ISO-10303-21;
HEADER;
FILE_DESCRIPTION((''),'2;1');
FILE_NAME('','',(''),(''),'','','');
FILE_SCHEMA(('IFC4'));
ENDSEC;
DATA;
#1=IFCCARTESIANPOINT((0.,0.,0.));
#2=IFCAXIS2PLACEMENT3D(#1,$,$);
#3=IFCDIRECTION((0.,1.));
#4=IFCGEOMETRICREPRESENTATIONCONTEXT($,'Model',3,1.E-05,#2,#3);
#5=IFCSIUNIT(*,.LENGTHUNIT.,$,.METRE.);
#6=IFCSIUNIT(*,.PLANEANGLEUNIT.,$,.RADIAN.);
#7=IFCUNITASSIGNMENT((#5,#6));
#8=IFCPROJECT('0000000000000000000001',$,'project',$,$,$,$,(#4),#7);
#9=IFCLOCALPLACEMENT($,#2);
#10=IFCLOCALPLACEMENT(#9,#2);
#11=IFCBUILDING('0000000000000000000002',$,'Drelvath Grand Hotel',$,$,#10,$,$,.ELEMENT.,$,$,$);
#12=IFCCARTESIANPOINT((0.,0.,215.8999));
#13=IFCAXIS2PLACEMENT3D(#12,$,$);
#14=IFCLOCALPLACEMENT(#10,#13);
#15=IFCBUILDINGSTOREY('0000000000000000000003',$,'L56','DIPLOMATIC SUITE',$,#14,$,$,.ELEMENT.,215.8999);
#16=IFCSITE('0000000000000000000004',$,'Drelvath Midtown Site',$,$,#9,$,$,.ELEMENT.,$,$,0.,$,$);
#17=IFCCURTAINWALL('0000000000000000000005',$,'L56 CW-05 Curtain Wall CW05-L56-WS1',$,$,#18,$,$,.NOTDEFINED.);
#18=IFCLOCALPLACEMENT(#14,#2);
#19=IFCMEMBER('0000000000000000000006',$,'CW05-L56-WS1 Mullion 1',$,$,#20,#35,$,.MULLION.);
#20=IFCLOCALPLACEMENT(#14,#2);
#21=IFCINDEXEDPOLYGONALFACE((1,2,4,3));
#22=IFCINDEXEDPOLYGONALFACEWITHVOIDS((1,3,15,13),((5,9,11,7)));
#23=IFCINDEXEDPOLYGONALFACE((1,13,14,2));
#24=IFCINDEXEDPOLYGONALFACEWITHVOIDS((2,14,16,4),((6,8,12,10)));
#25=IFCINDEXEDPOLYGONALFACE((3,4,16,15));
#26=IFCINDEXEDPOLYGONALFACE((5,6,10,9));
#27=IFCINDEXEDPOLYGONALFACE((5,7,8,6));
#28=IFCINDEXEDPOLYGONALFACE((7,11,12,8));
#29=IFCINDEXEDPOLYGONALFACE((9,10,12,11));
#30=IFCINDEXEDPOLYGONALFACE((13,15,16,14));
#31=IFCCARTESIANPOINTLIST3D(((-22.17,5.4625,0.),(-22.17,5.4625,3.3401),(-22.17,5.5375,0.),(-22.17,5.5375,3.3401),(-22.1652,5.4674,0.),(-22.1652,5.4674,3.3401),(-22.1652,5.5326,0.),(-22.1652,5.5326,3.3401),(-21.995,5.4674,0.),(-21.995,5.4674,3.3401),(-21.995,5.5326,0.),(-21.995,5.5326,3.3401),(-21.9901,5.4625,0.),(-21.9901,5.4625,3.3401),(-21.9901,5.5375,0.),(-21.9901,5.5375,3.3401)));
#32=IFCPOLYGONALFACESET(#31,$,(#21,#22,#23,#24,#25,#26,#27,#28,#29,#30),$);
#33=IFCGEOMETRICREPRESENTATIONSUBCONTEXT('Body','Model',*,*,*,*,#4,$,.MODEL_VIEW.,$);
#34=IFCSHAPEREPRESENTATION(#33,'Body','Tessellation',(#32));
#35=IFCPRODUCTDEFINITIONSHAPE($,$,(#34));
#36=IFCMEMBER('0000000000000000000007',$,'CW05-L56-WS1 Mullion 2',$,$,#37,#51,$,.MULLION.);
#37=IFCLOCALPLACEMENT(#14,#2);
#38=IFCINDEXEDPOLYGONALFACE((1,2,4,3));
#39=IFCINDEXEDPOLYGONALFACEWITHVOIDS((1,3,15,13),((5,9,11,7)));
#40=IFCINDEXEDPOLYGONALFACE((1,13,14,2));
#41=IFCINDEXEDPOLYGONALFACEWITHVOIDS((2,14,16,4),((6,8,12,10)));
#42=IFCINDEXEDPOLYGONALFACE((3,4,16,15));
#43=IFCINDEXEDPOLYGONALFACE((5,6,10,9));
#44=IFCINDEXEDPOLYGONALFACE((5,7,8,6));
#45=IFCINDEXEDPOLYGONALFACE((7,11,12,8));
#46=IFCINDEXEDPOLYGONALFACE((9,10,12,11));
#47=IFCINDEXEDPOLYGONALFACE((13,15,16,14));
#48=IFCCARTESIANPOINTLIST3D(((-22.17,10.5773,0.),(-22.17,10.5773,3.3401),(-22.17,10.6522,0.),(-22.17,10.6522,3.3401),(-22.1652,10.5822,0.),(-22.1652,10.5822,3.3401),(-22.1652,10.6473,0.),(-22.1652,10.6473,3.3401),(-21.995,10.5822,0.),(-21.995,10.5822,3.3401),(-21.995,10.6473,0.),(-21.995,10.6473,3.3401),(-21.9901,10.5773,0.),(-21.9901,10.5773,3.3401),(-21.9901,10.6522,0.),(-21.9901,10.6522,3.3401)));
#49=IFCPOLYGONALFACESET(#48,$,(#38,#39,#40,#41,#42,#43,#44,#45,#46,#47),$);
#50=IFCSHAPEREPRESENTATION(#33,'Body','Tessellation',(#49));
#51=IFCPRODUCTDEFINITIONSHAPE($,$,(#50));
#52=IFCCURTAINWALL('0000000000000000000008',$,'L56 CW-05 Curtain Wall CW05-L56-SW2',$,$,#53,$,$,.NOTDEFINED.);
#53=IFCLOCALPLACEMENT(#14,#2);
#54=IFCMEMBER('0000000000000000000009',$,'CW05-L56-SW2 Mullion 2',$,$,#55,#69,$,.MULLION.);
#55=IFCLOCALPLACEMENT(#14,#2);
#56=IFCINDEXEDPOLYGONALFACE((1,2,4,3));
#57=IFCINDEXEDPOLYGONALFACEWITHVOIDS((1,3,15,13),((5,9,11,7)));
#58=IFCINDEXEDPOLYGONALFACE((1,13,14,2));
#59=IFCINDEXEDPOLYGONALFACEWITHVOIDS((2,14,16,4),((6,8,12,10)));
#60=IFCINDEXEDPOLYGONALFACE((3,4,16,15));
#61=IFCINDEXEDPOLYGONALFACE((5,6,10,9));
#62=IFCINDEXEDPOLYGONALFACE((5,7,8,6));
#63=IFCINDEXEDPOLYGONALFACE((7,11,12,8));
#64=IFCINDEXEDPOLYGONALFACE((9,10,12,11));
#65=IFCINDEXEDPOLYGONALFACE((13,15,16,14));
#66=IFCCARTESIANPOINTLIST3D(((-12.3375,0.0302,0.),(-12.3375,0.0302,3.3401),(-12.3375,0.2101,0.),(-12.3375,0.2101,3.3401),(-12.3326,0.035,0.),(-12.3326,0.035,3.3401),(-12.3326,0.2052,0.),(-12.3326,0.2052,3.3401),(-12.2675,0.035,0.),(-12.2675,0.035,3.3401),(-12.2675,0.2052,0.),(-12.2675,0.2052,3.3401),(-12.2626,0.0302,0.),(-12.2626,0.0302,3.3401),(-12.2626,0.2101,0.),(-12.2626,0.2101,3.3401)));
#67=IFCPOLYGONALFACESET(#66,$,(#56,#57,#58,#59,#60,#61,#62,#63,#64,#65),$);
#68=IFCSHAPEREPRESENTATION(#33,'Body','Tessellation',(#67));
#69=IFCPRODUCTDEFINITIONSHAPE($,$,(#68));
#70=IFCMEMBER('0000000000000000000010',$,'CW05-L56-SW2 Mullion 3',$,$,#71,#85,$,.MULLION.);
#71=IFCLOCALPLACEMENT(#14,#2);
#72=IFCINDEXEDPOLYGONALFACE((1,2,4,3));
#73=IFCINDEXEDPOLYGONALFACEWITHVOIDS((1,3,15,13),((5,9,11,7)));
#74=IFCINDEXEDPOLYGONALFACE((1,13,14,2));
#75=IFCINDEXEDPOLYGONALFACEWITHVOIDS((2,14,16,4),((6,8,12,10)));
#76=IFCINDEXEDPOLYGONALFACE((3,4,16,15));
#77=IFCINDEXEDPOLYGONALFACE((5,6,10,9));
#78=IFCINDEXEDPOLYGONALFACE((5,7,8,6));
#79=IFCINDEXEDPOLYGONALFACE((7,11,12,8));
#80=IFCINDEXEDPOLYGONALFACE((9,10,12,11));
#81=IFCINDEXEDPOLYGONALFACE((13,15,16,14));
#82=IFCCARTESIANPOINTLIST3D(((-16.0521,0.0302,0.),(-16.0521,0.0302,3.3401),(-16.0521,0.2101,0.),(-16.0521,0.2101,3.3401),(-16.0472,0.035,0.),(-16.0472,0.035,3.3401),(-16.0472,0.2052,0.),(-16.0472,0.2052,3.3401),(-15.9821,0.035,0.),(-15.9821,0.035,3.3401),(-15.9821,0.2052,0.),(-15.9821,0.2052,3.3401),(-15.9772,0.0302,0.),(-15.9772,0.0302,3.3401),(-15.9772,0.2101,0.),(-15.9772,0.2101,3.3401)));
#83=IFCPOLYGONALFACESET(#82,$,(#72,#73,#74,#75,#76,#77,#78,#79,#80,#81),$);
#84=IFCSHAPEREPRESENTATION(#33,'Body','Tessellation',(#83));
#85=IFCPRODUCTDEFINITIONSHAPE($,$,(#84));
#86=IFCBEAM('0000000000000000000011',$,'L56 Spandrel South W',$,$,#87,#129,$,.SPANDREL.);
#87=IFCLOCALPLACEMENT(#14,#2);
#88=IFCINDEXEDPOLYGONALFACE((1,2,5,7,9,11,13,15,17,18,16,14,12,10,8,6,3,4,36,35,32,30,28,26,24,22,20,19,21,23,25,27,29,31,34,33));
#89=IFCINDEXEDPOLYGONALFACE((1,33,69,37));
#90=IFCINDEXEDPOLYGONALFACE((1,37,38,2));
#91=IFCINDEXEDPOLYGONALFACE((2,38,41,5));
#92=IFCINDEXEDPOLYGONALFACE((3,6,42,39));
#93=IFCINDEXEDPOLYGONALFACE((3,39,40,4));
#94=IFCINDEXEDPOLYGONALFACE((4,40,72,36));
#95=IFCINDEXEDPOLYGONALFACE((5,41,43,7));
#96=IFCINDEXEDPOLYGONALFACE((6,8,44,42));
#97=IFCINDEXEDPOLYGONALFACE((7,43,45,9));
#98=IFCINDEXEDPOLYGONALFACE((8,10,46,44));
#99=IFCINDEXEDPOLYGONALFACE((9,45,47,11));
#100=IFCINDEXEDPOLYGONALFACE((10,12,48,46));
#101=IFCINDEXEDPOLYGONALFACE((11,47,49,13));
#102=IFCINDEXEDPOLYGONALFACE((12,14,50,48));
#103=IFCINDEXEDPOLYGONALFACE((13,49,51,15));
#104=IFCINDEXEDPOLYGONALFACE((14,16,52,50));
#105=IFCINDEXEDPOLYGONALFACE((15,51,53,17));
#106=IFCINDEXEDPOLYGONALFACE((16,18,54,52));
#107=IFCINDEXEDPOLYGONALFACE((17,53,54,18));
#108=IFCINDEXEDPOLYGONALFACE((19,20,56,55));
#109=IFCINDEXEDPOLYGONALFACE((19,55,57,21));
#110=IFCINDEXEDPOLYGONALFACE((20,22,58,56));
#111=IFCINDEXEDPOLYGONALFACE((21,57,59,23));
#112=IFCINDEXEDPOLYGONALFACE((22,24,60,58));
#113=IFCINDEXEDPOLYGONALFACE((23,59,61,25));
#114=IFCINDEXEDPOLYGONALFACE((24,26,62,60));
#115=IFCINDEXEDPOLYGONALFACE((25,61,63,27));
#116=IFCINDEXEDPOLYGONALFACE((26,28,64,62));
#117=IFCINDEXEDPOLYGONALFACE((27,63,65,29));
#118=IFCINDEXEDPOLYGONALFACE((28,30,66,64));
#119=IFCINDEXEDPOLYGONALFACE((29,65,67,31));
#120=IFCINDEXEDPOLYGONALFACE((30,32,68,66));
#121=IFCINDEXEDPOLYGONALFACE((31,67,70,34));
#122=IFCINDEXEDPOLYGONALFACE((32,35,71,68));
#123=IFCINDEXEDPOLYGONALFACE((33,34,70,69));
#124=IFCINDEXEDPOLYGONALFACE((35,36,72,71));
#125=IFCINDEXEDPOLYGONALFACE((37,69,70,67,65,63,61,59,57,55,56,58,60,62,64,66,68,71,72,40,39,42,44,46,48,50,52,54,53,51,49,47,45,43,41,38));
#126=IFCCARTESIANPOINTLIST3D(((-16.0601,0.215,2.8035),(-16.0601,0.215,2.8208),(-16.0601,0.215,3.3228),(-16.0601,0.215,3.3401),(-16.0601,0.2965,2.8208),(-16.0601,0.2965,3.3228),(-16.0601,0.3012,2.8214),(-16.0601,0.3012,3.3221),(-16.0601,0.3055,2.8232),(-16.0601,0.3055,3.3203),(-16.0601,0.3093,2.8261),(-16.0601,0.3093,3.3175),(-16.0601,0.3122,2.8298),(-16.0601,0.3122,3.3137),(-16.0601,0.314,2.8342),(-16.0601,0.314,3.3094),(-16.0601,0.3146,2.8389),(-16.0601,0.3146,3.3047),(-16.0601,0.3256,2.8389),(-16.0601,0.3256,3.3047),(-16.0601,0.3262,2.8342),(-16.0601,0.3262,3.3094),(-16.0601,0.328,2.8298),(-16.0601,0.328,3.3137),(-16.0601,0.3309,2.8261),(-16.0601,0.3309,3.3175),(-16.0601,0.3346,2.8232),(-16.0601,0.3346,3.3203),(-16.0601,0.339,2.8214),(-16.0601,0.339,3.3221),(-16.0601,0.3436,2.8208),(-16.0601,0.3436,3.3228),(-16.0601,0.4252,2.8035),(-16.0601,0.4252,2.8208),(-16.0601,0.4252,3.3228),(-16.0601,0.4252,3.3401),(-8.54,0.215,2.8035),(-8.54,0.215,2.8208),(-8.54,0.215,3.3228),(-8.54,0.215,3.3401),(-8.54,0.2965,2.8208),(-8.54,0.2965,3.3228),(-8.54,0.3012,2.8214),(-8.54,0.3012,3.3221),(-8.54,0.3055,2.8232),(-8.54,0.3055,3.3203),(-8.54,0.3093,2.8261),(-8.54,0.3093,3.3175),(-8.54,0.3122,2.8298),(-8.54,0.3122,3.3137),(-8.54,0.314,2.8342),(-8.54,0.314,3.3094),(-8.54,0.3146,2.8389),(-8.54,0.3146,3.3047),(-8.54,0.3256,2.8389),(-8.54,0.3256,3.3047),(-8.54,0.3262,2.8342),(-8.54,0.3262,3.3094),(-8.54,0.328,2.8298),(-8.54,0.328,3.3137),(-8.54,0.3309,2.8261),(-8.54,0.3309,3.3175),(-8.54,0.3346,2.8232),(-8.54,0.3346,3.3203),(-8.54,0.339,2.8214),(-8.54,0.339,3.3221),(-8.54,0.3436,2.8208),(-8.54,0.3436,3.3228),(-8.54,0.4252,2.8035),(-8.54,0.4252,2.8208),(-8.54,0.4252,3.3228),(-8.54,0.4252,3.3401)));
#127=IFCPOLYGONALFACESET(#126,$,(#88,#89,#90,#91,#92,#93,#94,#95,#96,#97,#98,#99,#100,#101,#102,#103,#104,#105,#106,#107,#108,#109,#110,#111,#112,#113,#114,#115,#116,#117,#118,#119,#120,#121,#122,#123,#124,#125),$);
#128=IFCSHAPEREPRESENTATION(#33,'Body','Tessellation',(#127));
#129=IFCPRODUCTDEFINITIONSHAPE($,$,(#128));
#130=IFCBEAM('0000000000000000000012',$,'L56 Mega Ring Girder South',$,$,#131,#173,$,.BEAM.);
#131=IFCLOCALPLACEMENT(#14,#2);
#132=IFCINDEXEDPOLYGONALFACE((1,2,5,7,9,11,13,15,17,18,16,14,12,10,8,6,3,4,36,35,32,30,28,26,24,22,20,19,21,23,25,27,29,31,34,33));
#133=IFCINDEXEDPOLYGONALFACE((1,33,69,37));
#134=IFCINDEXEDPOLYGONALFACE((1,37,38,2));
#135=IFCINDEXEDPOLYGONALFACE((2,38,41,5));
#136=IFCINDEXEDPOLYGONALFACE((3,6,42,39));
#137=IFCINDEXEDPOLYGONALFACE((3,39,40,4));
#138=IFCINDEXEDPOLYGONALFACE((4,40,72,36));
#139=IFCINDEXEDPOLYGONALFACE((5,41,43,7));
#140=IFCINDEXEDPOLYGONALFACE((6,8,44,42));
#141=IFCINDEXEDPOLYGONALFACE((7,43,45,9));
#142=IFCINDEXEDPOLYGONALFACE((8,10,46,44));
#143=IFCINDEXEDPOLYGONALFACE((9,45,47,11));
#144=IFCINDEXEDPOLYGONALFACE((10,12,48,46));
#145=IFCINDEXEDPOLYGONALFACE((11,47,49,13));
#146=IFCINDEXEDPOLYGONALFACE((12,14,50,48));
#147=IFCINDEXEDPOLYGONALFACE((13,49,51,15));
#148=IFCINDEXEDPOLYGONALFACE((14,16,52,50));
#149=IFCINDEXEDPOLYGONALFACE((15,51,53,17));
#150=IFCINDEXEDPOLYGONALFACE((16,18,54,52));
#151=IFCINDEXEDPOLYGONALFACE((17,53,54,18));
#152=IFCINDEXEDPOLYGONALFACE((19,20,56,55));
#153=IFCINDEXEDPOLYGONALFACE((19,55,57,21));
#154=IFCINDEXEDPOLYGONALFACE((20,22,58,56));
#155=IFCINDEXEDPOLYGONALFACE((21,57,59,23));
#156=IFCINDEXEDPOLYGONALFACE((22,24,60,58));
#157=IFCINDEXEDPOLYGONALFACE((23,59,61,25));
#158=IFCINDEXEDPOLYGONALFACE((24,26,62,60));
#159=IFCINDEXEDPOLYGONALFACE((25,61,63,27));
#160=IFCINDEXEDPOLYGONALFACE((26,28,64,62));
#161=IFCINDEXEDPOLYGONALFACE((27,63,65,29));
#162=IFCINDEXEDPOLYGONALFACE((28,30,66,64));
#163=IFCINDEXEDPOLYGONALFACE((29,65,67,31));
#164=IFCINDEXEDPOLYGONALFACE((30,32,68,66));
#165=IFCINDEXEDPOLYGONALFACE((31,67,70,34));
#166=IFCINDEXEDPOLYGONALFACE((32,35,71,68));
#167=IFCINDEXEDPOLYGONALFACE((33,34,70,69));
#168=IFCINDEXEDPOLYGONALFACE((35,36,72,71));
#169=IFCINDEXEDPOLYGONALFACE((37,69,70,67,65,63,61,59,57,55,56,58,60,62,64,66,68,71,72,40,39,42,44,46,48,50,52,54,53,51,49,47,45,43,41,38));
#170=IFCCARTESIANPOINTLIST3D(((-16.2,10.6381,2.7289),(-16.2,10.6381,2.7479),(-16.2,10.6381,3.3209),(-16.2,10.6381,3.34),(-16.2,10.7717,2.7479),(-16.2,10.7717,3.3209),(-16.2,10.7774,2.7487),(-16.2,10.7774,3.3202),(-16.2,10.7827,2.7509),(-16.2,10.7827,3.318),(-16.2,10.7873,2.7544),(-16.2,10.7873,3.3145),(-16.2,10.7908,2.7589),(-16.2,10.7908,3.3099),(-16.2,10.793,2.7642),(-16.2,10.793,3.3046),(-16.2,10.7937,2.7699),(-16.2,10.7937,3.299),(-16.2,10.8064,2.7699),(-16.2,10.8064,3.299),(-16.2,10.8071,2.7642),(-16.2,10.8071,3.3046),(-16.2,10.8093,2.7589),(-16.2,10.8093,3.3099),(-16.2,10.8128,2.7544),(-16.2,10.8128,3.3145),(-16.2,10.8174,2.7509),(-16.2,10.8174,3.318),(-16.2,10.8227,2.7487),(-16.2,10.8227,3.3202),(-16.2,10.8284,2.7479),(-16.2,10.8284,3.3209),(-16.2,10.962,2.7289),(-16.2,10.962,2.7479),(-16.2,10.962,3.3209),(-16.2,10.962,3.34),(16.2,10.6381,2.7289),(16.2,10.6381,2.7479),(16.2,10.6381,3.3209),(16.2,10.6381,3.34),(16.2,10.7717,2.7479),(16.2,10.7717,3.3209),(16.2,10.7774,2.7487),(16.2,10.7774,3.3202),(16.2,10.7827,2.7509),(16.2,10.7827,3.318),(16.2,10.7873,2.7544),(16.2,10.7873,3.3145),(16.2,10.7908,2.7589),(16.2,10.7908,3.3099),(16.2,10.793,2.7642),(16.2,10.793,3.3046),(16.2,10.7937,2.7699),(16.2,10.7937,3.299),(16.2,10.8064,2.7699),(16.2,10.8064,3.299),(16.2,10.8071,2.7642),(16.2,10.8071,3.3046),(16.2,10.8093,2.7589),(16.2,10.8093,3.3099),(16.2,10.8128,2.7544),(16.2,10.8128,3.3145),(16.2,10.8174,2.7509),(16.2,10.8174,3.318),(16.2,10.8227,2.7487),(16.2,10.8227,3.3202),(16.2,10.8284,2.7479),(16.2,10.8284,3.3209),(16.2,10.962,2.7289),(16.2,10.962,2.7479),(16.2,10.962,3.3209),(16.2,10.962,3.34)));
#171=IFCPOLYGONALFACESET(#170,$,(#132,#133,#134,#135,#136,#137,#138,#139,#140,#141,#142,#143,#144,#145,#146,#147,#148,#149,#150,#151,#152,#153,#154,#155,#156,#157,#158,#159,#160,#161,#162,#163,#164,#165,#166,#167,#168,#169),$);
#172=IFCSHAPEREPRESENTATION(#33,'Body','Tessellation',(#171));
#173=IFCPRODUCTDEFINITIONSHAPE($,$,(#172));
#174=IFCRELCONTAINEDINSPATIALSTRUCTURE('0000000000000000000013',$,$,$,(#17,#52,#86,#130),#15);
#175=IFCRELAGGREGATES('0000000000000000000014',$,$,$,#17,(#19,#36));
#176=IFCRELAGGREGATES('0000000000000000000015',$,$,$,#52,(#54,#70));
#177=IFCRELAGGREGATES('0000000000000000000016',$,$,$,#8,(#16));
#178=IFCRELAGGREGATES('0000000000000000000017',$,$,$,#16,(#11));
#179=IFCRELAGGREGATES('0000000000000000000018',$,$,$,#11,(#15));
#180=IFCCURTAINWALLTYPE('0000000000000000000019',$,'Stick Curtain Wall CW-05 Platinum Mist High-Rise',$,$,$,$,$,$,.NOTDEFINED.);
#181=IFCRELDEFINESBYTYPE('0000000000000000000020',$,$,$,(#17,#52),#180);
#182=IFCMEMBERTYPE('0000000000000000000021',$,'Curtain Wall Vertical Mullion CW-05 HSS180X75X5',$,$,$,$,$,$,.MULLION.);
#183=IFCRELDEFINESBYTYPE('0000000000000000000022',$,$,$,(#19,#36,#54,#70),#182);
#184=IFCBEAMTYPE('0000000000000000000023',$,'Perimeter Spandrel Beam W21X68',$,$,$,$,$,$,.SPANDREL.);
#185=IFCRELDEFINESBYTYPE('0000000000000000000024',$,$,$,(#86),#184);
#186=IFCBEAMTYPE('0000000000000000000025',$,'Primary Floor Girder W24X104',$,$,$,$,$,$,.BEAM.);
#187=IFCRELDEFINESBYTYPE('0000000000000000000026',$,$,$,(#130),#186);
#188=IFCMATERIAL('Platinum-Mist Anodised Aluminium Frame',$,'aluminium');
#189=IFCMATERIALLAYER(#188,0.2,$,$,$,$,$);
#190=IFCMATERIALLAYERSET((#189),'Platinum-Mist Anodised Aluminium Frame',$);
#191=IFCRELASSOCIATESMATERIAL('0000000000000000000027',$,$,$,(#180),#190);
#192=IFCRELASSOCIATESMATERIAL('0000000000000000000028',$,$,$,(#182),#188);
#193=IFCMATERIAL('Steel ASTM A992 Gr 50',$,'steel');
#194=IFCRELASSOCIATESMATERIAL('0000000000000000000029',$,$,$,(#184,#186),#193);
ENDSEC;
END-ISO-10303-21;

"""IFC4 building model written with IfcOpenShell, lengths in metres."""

from ifc_helpers import new_model, si_unit, direction, frame, origin, origin_2d, place, context, subcontext, project, spatial, hollow_rectangle, i_section, extrude, material, layer, layer_set, material_profile, profile_set, type_object, element, aggregate, save


model = new_model("IFC4")

# Units and contexts
model_context = context("Model", 3, precision=1e-05, world=origin(), true_north=direction((0.0, 1.0)))
body_context = subcontext(model_context, "Body", "Model", "MODEL_VIEW")
ifc_project = project(units=[si_unit("LENGTHUNIT", "METRE"), si_unit("PLANEANGLEUNIT", "RADIAN")], contexts=[model_context])

# Site, building, storey
site_placement = place(None, origin())
site = spatial("IfcSite", under=ifc_project, at=site_placement, Name="Drelvath Midtown Site", CompositionType="ELEMENT", RefElevation=0.0)
building_placement = place(site_placement, origin())
building = spatial("IfcBuilding", under=site, at=building_placement, Name="Drelvath Grand Hotel", CompositionType="ELEMENT")
storey_placement = place(building_placement, frame((0.0, 0.0, 215.8999)))
storey = spatial("IfcBuildingStorey", under=building, at=storey_placement, Name="L56", Description="DIPLOMATIC SUITE", CompositionType="ELEMENT", Elevation=215.8999)

# Shared definitions
ifc_material_1 = material(Name="Steel ASTM A992 Gr 50", Category="steel")

# Curtain walls, members
ifc_material_2 = material(Name="Platinum-Mist Anodised Aluminium Frame", Category="aluminium")
ifc_layer_1 = layer(ifc_material_2, 0.2)
ifc_layer_set_1 = layer_set([ifc_layer_1], Name="Platinum-Mist Anodised Aluminium Frame")
curtain_wall_type = type_object("IfcCurtainWallType", Name="Stick Curtain Wall CW-05 Platinum Mist High-Rise", PredefinedType="NOTDEFINED", material=ifc_layer_set_1)
curtain_wall_1_placement = place(storey_placement, origin())
curtain_wall_1 = element("IfcCurtainWall", 1, at=curtain_wall_1_placement, inside=storey, type_object=curtain_wall_type, Name="L56 CW-05 Curtain Wall CW05-L56-WS1", PredefinedType="NOTDEFINED")
ifc_material_profile_1 = material_profile(ifc_material_2, hollow_rectangle(XDim=0.075, YDim=0.1799, WallThickness=0.0049, at=origin_2d()), Name="HSS180X75X5")
ifc_profile_set_1 = profile_set([ifc_material_profile_1], Name="Platinum-Mist Anodised Aluminium Frame")
member_type_1 = type_object("IfcMemberType", Name="Curtain Wall Vertical Mullion CW-05 HSS180X75X5", PredefinedType="MULLION", material=ifc_profile_set_1)
member_1_placement = place(storey_placement, frame((-22.0801, 5.5, 0.0), z_axis=(0.0, 0.0, 1.0), x_axis=(0.0, 1.0, 0.0)))
member_1 = element("IfcMember", 2, at=member_1_placement, type_object=member_type_1, Name="CW05-L56-WS1 Mullion 1", PredefinedType="MULLION", context=body_context, shape_type="SweptSolid", body=[
    extrude(hollow_rectangle(XDim=0.075, YDim=0.1799, WallThickness=0.0049, at=origin_2d()), origin(), (0.0, 0.0, 1.0), 3.3401),
])
member_2_placement = place(storey_placement, frame((-22.0801, 10.6147, 0.0), z_axis=(0.0, 0.0, 1.0), x_axis=(0.0, 1.0, 0.0)))
member_2 = element("IfcMember", 3, at=member_2_placement, type_object=member_type_1, Name="CW05-L56-WS1 Mullion 2", PredefinedType="MULLION", context=body_context, shape_type="SweptSolid", body=[
    extrude(hollow_rectangle(XDim=0.075, YDim=0.1799, WallThickness=0.0049, at=origin_2d()), origin(), (0.0, 0.0, 1.0), 3.3401),
])
curtain_wall_2_placement = place(storey_placement, origin())
curtain_wall_2 = element("IfcCurtainWall", 4, at=curtain_wall_2_placement, inside=storey, type_object=curtain_wall_type, Name="L56 CW-05 Curtain Wall CW05-L56-SW2", PredefinedType="NOTDEFINED")
member_3_placement = place(storey_placement, frame((-12.3, 0.1201, 0.0), z_axis=(0.0, 0.0, 1.0), x_axis=(1.0, 0.0, 0.0)))
member_3 = element("IfcMember", 5, at=member_3_placement, type_object=member_type_1, Name="CW05-L56-SW2 Mullion 2", PredefinedType="MULLION", context=body_context, shape_type="SweptSolid", body=[
    extrude(hollow_rectangle(XDim=0.075, YDim=0.1799, WallThickness=0.0049, at=origin_2d()), origin(), (0.0, 0.0, 1.0), 3.3401),
])
member_4_placement = place(storey_placement, frame((-16.0146, 0.1201, 0.0), z_axis=(0.0, 0.0, 1.0), x_axis=(1.0, 0.0, 0.0)))
member_4 = element("IfcMember", 6, at=member_4_placement, type_object=member_type_1, Name="CW05-L56-SW2 Mullion 3", PredefinedType="MULLION", context=body_context, shape_type="SweptSolid", body=[
    extrude(hollow_rectangle(XDim=0.075, YDim=0.1799, WallThickness=0.0049, at=origin_2d()), origin(), (0.0, 0.0, 1.0), 3.3401),
])

# Beams
ifc_material_profile_2 = material_profile(ifc_material_1, i_section(OverallWidth=0.2102, OverallDepth=0.5366, WebThickness=0.011, FlangeThickness=0.0173, FilletRadius=0.0181, at=origin_2d()), Name="W21X68")
ifc_profile_set_2 = profile_set([ifc_material_profile_2], Name="Steel ASTM A992 Gr 50")
beam_type_1 = type_object("IfcBeamType", Name="Perimeter Spandrel Beam W21X68", PredefinedType="SPANDREL", material=ifc_profile_set_2)
beam_1_placement = place(storey_placement, frame((-16.0601, 0.3201, 3.0718), z_axis=(1.0, 0.0, 0.0), x_axis=(0.0, 1.0, 0.0)))
element("IfcBeam", 7, at=beam_1_placement, inside=storey, type_object=beam_type_1, Name="L56 Spandrel South W", PredefinedType="SPANDREL", context=body_context, shape_type="SweptSolid", body=[
    extrude(i_section(OverallWidth=0.2102, OverallDepth=0.5366, WebThickness=0.011, FlangeThickness=0.0173, FilletRadius=0.0181, at=origin_2d()), origin(), (0.0, 0.0, 1.0), 7.52),
])
ifc_material_profile_3 = material_profile(ifc_material_1, i_section(OverallWidth=0.324, OverallDepth=0.6111, WebThickness=0.0127, FlangeThickness=0.019, FilletRadius=0.022, at=origin_2d()), Name="W24X104")
ifc_profile_set_3 = profile_set([ifc_material_profile_3], Name="Steel ASTM A992 Gr 50")
beam_type_2 = type_object("IfcBeamType", Name="Primary Floor Girder W24X104", PredefinedType="BEAM", material=ifc_profile_set_3)
for number, where, z_axis, x_axis, name in (
    (8, (-16.2, 10.8, 3.0344), (1.0, 0.0, 0.0), (0.0, 1.0, 0.0), "L56 Mega Ring Girder South"),
):
    element("IfcBeam", number, at=place(storey_placement, frame(where, z_axis=z_axis, x_axis=x_axis)), inside=storey, type_object=beam_type_2, Name=name, PredefinedType="BEAM", context=body_context, shape_type="SweptSolid", body=[
        extrude(i_section(OverallWidth=0.324, OverallDepth=0.6111, WebThickness=0.0127, FlangeThickness=0.019, FilletRadius=0.022, at=origin_2d()), origin(), (0.0, 0.0, 1.0), 32.3999),
    ])

aggregate(curtain_wall_1, [member_1, member_2])
aggregate(curtain_wall_2, [member_3, member_4])

save(model, "model.ifc")
